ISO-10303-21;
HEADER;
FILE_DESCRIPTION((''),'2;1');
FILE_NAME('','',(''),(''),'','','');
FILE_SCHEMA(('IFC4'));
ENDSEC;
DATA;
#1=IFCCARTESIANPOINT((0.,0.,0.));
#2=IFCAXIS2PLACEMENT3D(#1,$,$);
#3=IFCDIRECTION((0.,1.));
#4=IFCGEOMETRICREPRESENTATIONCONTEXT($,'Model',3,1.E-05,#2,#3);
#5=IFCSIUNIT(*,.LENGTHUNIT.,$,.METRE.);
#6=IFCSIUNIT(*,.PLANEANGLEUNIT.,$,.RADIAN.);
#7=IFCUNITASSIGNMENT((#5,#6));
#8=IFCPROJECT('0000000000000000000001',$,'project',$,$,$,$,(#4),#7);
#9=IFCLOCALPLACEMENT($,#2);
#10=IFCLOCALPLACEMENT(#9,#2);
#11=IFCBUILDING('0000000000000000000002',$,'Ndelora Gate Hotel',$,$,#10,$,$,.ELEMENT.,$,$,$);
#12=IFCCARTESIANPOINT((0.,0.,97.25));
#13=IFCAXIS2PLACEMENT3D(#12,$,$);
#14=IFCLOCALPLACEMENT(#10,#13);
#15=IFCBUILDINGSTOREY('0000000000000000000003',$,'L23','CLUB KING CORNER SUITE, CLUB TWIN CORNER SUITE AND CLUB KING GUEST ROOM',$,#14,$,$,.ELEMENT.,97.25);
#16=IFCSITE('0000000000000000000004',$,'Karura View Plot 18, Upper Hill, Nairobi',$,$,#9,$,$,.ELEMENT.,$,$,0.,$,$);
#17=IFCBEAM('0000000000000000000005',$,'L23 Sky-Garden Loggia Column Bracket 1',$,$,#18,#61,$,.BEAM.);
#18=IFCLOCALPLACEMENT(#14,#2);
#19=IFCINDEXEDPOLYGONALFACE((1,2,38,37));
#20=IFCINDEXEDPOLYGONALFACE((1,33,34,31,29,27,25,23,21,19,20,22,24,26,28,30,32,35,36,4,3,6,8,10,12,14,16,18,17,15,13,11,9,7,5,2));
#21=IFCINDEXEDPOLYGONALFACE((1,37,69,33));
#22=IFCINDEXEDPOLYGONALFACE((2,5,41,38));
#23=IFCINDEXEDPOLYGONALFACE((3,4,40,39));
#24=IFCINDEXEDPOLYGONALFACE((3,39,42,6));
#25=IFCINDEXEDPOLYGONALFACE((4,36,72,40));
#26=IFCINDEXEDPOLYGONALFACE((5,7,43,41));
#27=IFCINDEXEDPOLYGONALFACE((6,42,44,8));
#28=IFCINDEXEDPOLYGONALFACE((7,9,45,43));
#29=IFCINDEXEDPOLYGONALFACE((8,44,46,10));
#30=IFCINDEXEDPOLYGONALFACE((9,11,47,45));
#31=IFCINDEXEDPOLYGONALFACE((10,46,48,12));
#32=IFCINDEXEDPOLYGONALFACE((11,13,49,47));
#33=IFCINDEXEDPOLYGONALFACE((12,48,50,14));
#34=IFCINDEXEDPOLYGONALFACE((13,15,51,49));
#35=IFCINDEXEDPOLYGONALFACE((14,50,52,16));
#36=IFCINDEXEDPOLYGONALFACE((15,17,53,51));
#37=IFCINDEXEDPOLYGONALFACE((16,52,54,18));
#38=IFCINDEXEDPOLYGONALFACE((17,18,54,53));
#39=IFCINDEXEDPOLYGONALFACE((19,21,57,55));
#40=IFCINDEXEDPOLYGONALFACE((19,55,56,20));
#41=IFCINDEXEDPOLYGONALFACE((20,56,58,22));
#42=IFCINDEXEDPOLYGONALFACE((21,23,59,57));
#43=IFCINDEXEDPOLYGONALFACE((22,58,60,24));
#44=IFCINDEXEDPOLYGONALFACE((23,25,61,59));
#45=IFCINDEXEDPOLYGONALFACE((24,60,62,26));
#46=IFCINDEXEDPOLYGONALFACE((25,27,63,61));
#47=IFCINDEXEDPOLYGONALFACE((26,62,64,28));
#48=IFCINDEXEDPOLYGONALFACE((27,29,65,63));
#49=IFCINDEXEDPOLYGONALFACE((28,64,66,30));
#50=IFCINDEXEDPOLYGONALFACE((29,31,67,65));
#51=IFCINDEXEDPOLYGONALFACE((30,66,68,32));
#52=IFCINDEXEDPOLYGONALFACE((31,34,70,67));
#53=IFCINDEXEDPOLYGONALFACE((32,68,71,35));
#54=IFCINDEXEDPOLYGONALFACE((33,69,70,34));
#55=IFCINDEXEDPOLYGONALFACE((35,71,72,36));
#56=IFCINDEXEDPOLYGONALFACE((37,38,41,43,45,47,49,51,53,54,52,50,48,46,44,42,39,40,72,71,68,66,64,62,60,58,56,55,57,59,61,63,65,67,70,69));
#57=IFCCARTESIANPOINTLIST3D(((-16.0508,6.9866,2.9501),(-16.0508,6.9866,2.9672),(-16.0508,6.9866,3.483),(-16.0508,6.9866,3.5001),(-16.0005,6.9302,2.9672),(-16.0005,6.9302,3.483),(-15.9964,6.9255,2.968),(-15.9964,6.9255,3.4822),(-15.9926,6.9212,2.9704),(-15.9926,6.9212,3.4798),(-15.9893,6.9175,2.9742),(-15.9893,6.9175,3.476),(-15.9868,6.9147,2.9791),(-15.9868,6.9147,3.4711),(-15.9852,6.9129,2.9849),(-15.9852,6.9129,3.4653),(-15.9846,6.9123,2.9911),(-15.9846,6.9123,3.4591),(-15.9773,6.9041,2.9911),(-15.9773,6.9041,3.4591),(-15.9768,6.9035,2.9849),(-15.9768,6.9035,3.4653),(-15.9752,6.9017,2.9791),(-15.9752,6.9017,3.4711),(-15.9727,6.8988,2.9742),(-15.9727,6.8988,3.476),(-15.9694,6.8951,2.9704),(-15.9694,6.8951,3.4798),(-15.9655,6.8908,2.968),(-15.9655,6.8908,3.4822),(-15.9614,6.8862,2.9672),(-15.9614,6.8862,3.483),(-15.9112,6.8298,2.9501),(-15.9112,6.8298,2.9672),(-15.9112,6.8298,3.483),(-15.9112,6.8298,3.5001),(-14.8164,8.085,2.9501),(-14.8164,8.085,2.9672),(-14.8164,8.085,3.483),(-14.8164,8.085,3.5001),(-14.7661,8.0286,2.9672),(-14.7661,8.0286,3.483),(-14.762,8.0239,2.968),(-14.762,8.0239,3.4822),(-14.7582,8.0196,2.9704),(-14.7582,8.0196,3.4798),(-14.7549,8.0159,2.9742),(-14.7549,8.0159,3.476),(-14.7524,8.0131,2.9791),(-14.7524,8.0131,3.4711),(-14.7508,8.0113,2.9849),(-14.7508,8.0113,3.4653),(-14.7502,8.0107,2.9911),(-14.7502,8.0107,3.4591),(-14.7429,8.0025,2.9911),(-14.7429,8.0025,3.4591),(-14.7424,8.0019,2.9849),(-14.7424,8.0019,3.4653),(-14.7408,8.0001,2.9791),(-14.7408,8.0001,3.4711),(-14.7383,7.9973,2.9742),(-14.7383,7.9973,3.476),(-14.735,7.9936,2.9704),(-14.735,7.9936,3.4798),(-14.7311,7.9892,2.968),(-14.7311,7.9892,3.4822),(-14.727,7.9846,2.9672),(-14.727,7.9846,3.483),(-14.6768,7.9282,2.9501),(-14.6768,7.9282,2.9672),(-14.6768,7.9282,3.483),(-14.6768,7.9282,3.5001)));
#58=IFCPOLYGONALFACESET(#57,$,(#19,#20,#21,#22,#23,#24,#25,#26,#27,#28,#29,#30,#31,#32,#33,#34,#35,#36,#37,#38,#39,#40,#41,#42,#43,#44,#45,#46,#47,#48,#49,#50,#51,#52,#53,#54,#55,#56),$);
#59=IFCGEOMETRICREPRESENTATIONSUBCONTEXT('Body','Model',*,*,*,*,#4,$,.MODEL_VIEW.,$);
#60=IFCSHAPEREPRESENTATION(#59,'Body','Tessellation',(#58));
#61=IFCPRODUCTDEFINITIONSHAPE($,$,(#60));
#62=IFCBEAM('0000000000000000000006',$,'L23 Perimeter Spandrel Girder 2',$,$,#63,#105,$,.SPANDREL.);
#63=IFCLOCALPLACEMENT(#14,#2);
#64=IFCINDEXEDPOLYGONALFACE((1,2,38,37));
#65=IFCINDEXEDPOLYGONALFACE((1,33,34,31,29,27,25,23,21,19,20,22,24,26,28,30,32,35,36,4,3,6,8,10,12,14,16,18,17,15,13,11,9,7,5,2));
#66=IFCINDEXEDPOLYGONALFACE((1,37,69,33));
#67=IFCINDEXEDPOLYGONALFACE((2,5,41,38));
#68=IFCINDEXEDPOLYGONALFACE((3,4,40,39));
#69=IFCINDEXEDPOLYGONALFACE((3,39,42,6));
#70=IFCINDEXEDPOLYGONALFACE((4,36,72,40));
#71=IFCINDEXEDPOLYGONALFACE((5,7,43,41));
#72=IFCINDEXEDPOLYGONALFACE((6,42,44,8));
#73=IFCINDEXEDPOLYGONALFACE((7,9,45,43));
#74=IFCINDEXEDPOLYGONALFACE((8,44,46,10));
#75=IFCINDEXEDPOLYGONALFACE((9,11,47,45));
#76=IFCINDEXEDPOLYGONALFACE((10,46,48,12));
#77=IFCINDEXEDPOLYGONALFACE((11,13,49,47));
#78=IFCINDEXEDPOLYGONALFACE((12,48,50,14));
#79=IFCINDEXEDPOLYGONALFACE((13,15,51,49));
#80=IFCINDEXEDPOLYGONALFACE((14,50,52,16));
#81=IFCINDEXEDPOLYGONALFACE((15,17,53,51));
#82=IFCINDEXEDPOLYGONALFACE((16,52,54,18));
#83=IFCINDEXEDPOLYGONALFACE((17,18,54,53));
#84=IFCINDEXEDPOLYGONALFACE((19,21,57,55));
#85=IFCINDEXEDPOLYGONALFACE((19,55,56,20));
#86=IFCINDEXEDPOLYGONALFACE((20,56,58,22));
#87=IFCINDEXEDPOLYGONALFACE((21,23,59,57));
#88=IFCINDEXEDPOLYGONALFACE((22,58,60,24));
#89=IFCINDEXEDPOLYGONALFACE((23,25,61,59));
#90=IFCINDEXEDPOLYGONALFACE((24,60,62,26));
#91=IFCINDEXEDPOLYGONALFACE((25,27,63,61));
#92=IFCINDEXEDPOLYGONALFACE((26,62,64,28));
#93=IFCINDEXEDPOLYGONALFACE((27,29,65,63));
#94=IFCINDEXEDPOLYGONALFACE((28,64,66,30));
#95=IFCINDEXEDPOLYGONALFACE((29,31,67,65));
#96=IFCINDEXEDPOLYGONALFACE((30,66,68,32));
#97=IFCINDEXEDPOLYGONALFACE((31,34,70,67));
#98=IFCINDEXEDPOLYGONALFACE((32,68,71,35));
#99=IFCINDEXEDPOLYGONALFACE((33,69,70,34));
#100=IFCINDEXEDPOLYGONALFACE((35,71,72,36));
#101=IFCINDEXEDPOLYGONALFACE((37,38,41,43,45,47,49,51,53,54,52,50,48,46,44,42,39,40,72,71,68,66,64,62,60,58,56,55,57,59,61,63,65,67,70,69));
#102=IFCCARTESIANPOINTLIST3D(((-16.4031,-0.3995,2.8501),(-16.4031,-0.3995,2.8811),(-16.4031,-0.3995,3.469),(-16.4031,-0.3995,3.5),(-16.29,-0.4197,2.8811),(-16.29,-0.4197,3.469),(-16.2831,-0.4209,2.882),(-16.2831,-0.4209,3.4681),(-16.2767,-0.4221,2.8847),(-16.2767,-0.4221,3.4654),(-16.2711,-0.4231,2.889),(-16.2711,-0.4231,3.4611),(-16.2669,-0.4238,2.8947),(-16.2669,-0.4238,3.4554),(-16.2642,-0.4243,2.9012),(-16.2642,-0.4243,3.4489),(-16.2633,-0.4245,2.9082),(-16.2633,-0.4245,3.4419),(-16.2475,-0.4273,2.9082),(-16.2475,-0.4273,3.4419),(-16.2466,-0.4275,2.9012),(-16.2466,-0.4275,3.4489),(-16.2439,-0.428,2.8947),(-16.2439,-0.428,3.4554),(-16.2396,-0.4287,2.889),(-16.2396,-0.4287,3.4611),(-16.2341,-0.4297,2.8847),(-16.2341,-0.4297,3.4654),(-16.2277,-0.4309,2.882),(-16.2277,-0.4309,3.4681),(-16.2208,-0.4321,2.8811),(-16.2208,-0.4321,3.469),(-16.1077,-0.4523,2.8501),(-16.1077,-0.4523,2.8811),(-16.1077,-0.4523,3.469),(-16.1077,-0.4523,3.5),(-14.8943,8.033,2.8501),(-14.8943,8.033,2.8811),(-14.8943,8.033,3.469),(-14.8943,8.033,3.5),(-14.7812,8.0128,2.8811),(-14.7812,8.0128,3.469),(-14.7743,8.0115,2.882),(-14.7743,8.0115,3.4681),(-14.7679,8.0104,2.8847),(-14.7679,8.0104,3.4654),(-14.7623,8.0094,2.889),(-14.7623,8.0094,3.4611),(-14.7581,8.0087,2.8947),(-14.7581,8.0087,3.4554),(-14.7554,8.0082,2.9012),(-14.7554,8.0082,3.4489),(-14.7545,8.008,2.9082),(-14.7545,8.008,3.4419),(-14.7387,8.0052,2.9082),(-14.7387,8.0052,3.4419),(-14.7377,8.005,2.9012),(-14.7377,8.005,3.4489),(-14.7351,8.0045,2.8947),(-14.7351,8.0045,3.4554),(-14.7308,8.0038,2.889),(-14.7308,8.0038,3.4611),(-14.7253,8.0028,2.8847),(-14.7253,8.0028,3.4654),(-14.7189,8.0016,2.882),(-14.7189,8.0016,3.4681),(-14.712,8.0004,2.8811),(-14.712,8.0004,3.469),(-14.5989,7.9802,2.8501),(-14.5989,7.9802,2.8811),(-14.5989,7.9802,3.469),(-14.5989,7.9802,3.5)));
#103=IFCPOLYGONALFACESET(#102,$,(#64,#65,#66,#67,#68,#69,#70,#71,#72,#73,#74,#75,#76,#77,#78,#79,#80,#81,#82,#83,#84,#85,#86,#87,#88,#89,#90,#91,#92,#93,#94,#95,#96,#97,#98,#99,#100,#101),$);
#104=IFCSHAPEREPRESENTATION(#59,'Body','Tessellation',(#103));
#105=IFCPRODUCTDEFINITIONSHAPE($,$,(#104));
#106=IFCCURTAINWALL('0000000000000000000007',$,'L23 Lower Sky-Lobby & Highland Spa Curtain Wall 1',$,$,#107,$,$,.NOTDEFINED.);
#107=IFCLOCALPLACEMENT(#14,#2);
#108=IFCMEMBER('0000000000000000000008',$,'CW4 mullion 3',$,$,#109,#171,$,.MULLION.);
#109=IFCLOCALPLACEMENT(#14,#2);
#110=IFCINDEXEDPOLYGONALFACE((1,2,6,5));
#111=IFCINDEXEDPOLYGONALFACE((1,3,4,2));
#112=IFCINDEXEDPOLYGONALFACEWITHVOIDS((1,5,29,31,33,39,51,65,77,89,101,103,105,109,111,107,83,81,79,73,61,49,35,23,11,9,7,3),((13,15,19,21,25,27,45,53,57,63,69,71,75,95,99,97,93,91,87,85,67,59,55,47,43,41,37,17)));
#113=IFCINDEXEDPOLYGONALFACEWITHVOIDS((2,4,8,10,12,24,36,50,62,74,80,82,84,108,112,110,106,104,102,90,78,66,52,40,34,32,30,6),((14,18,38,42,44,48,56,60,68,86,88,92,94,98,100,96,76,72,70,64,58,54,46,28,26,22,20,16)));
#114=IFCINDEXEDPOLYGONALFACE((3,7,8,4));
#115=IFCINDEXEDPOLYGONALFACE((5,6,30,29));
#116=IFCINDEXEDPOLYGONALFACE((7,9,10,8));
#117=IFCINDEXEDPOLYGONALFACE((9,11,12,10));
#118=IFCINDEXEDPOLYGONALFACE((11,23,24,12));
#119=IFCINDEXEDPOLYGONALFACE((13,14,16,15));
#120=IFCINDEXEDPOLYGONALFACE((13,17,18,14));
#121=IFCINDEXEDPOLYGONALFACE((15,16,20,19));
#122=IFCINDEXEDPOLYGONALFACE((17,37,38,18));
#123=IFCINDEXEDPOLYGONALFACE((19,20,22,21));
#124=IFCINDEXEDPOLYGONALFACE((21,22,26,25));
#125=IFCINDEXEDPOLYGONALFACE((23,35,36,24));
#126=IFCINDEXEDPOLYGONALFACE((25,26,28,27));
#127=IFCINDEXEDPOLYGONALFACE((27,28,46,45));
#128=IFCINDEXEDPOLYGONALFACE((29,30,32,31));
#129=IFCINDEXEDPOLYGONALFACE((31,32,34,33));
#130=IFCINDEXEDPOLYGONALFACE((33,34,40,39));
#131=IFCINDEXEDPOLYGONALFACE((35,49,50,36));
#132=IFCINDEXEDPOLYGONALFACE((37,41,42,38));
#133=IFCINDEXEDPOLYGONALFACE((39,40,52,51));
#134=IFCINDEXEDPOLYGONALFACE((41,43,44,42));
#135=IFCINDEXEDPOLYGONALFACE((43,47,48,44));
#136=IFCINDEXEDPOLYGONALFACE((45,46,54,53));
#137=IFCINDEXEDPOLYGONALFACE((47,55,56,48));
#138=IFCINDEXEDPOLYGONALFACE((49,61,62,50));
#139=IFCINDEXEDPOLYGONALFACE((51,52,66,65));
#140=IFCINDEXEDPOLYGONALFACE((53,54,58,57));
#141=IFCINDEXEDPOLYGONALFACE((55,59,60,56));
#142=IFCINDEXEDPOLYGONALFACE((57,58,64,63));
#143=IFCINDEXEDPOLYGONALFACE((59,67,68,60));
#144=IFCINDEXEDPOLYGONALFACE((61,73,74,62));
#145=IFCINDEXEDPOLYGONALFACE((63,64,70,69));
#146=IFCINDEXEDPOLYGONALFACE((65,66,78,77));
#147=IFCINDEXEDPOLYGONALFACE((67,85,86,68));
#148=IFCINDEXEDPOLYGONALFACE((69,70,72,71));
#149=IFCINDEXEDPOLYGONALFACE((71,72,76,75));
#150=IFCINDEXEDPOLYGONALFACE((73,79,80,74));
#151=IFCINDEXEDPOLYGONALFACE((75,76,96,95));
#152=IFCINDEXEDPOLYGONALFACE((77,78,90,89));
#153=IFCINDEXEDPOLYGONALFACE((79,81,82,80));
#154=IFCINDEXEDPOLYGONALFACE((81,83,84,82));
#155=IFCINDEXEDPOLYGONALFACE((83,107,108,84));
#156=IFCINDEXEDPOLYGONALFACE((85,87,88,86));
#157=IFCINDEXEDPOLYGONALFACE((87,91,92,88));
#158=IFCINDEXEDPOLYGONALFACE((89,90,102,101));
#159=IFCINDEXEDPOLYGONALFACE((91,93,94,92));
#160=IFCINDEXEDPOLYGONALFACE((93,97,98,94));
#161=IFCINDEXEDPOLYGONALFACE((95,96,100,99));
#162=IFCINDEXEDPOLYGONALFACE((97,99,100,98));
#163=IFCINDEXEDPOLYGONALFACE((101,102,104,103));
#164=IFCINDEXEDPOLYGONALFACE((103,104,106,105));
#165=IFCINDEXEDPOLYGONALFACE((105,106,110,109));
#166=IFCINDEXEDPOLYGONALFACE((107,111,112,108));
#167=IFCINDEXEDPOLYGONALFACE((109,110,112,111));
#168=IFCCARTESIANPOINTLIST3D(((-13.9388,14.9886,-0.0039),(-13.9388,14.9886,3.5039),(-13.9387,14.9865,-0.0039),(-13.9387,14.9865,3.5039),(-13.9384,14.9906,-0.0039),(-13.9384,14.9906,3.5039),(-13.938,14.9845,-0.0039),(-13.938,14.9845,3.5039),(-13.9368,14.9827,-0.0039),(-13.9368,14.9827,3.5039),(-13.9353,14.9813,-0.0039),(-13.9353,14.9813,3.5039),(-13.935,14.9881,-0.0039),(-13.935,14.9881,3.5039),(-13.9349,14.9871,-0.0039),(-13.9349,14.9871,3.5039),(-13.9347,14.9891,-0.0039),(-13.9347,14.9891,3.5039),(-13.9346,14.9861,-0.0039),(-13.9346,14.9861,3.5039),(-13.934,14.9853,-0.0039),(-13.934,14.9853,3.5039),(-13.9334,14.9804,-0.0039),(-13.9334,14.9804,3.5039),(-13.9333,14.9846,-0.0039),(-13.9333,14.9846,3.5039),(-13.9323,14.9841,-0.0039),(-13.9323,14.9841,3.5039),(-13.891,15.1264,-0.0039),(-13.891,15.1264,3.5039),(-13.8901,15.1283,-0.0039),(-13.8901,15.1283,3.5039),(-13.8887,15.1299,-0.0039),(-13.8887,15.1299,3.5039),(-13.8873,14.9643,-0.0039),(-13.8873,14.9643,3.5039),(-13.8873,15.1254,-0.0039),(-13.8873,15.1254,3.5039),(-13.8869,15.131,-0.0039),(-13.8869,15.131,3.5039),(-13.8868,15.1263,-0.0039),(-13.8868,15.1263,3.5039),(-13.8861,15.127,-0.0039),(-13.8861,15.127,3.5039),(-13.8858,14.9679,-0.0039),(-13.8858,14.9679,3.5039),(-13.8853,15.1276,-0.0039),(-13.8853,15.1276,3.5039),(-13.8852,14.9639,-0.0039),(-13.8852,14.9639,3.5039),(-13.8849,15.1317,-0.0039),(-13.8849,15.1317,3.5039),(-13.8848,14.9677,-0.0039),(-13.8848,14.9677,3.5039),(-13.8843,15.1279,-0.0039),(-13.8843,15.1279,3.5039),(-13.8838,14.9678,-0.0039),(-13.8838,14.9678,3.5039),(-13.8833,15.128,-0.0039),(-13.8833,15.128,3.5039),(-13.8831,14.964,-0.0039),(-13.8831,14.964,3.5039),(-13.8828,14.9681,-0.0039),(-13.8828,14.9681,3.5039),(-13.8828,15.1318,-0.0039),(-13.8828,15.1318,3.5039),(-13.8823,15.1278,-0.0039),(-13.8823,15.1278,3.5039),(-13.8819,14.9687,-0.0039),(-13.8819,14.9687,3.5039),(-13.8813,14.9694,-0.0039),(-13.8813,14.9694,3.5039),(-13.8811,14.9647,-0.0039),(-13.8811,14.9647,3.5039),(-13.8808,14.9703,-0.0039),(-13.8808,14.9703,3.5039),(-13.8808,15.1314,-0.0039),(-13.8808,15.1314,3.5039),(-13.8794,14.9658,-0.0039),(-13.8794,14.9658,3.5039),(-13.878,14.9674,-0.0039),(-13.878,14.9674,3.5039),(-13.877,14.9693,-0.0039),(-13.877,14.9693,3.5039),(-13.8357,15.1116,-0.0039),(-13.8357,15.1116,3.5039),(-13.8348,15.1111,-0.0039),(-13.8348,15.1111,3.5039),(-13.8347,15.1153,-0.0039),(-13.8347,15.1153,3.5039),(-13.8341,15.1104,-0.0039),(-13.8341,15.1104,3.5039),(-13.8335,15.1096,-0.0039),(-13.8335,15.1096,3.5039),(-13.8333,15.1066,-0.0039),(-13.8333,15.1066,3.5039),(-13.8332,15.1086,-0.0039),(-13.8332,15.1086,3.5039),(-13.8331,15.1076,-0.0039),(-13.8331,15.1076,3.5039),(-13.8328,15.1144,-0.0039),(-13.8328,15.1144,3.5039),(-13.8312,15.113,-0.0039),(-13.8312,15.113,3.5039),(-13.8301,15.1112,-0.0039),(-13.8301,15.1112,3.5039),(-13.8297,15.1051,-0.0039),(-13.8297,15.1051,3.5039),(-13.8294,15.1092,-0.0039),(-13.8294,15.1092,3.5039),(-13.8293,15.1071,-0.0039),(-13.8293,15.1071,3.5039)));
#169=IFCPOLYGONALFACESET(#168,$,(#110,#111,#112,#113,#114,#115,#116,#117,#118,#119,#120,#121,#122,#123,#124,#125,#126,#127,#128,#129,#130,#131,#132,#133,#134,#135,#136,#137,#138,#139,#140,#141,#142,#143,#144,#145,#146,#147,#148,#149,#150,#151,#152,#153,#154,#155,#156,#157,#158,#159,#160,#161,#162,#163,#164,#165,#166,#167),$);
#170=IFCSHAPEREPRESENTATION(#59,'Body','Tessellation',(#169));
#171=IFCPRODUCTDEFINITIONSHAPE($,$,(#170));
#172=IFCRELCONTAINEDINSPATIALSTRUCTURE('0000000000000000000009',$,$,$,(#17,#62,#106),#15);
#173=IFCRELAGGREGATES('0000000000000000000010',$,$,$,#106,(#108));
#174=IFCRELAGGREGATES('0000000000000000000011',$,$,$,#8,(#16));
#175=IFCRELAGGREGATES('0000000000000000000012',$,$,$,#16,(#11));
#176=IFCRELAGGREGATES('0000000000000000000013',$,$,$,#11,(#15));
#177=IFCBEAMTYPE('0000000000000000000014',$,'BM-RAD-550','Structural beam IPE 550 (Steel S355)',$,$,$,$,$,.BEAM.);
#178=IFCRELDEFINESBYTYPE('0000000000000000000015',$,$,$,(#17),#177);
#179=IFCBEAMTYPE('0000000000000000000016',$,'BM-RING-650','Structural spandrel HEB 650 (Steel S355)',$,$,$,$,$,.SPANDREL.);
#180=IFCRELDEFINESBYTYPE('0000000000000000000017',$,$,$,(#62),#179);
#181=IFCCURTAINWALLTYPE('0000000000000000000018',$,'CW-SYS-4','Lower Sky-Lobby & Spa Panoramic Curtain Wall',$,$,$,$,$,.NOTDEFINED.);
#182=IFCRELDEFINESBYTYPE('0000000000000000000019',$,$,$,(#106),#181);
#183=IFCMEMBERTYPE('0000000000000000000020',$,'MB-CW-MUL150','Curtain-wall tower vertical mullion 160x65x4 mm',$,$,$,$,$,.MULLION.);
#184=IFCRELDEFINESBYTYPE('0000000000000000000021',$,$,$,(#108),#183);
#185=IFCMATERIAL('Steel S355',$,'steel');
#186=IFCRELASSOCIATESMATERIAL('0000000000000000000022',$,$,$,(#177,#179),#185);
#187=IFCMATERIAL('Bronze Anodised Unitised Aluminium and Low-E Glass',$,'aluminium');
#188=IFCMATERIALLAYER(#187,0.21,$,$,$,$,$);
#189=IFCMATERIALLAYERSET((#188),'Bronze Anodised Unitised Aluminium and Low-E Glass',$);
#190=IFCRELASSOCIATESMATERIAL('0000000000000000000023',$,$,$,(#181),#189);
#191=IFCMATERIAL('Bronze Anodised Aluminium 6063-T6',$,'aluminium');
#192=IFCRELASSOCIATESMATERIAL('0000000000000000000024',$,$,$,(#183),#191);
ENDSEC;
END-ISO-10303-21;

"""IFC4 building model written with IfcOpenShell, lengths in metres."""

from ifc_helpers import new_model, si_unit, direction, frame, origin, origin_2d, place, context, subcontext, project, spatial, hollow_rectangle, i_section, extrude, material, layer, layer_set, material_profile, profile_set, type_object, element, aggregate, save


model = new_model("IFC4")

# Units and contexts
model_context = context("Model", 3, precision=1e-05, world=origin(), true_north=direction((0.0, 1.0)))
body_context = subcontext(model_context, "Body", "Model", "MODEL_VIEW")
ifc_project = project(units=[si_unit("LENGTHUNIT", "METRE"), si_unit("PLANEANGLEUNIT", "RADIAN")], contexts=[model_context])

# Site, building, storey
site_placement = place(None, origin())
site = spatial("IfcSite", under=ifc_project, at=site_placement, Name="Karura View Plot 18, Upper Hill, Nairobi", CompositionType="ELEMENT", RefElevation=0.0)
building_placement = place(site_placement, origin())
building = spatial("IfcBuilding", under=site, at=building_placement, Name="Ndelora Gate Hotel", CompositionType="ELEMENT")
storey_placement = place(building_placement, frame((0.0, 0.0, 97.25)))
storey = spatial("IfcBuildingStorey", under=building, at=storey_placement, Name="L23", Description="CLUB KING CORNER SUITE, CLUB TWIN CORNER SUITE AND CLUB KING GUEST ROOM", CompositionType="ELEMENT", Elevation=97.25)

# Beams
ifc_material_1 = material(Name="Steel S355", Category="steel")
ifc_material_profile_1 = material_profile(ifc_material_1, i_section(OverallWidth=0.21, OverallDepth=0.55, WebThickness=0.011, FlangeThickness=0.0171, FilletRadius=0.0239, at=origin_2d()), Name="IPE 550")
ifc_profile_set_1 = profile_set([ifc_material_profile_1], Name="Steel S355")
beam_type_1 = type_object("IfcBeamType", Name="BM-RAD-550", Description="Structural beam IPE 550 (Steel S355)", PredefinedType="BEAM", material=ifc_profile_set_1)
beam_1_placement = place(storey_placement, frame((-14.7466, 8.0066, 3.2251), z_axis=(-0.747059, -0.664758, 0.0), x_axis=(0.664758, -0.747059, 0.0)))
element("IfcBeam", 1, at=beam_1_placement, inside=storey, type_object=beam_type_1, Name="L23 Sky-Garden Loggia Column Bracket 1", PredefinedType="BEAM", context=body_context, shape_type="SweptSolid", body=[
    extrude(i_section(OverallWidth=0.21, OverallDepth=0.55, WebThickness=0.011, FlangeThickness=0.0171, FilletRadius=0.0239, at=origin_2d()), origin(), (0.0, 0.0, 1.0), 1.6523),
])
ifc_material_profile_2 = material_profile(ifc_material_1, i_section(OverallWidth=0.3, OverallDepth=0.6499, WebThickness=0.0161, FlangeThickness=0.031, FilletRadius=0.0271, at=origin_2d()), Name="HEB 650")
ifc_profile_set_2 = profile_set([ifc_material_profile_2], Name="Steel S355")
beam_type_2 = type_object("IfcBeamType", Name="BM-RING-650", Description="Structural spandrel HEB 650 (Steel S355)", PredefinedType="SPANDREL", material=ifc_profile_set_2)
beam_2_placement = place(storey_placement, frame((-14.7466, 8.0066, 3.175), z_axis=(-0.176131, -0.984367, 0.0), x_axis=(0.984367, -0.176131, 0.0)))
element("IfcBeam", 2, at=beam_2_placement, inside=storey, type_object=beam_type_2, Name="L23 Perimeter Spandrel Girder 2", PredefinedType="SPANDREL", context=body_context, shape_type="SweptSolid", body=[
    extrude(i_section(OverallWidth=0.3, OverallDepth=0.6499, WebThickness=0.0161, FlangeThickness=0.031, FilletRadius=0.0271, at=origin_2d()), origin(), (0.0, 0.0, 1.0), 8.5664),
])

# Curtain wall, member
ifc_material_2 = material(Name="Bronze Anodised Unitised Aluminium and Low-E Glass", Category="aluminium")
ifc_layer_1 = layer(ifc_material_2, 0.21)
ifc_layer_set_1 = layer_set([ifc_layer_1], Name="Bronze Anodised Unitised Aluminium and Low-E Glass")
curtain_wall_type = type_object("IfcCurtainWallType", Name="CW-SYS-4", Description="Lower Sky-Lobby & Spa Panoramic Curtain Wall", PredefinedType="NOTDEFINED", material=ifc_layer_set_1)
curtain_wall_placement = place(storey_placement, origin())
curtain_wall = element("IfcCurtainWall", 3, at=curtain_wall_placement, inside=storey, type_object=curtain_wall_type, Name="L23 Lower Sky-Lobby & Highland Spa Curtain Wall 1", PredefinedType="NOTDEFINED")
ifc_material_3 = material(Name="Bronze Anodised Aluminium 6063-T6", Category="aluminium")
ifc_material_profile_3 = material_profile(ifc_material_3, hollow_rectangle(XDim=0.0649, YDim=0.1599, WallThickness=0.0039, InnerFilletRadius=0.0039, OuterFilletRadius=0.0081, at=origin_2d()), Name="ALU 160x65x4")
ifc_profile_set_3 = profile_set([ifc_material_profile_3], Name="Bronze Anodised Aluminium 6063-T6")
member_type_1 = type_object("IfcMemberType", Name="MB-CW-MUL150", Description="Curtain-wall tower vertical mullion 160x65x4 mm", PredefinedType="MULLION", material=ifc_profile_set_3)
member_1_placement = place(storey_placement, frame((-13.884, 15.0479, -0.0039), z_axis=(0.0, 0.0, 1.0), x_axis=(0.944327, -0.329008, 0.0)))
member_1 = element("IfcMember", 4, at=member_1_placement, type_object=member_type_1, Name="CW4 mullion 3", PredefinedType="MULLION", context=body_context, shape_type="SweptSolid", body=[
    extrude(hollow_rectangle(XDim=0.0649, YDim=0.1599, WallThickness=0.0039, InnerFilletRadius=0.0039, OuterFilletRadius=0.0081, at=origin_2d()), origin(), (0.0, 0.0, 1.0), 3.5078),
])
aggregate(curtain_wall, [member_1])

save(model, "model.ifc")
